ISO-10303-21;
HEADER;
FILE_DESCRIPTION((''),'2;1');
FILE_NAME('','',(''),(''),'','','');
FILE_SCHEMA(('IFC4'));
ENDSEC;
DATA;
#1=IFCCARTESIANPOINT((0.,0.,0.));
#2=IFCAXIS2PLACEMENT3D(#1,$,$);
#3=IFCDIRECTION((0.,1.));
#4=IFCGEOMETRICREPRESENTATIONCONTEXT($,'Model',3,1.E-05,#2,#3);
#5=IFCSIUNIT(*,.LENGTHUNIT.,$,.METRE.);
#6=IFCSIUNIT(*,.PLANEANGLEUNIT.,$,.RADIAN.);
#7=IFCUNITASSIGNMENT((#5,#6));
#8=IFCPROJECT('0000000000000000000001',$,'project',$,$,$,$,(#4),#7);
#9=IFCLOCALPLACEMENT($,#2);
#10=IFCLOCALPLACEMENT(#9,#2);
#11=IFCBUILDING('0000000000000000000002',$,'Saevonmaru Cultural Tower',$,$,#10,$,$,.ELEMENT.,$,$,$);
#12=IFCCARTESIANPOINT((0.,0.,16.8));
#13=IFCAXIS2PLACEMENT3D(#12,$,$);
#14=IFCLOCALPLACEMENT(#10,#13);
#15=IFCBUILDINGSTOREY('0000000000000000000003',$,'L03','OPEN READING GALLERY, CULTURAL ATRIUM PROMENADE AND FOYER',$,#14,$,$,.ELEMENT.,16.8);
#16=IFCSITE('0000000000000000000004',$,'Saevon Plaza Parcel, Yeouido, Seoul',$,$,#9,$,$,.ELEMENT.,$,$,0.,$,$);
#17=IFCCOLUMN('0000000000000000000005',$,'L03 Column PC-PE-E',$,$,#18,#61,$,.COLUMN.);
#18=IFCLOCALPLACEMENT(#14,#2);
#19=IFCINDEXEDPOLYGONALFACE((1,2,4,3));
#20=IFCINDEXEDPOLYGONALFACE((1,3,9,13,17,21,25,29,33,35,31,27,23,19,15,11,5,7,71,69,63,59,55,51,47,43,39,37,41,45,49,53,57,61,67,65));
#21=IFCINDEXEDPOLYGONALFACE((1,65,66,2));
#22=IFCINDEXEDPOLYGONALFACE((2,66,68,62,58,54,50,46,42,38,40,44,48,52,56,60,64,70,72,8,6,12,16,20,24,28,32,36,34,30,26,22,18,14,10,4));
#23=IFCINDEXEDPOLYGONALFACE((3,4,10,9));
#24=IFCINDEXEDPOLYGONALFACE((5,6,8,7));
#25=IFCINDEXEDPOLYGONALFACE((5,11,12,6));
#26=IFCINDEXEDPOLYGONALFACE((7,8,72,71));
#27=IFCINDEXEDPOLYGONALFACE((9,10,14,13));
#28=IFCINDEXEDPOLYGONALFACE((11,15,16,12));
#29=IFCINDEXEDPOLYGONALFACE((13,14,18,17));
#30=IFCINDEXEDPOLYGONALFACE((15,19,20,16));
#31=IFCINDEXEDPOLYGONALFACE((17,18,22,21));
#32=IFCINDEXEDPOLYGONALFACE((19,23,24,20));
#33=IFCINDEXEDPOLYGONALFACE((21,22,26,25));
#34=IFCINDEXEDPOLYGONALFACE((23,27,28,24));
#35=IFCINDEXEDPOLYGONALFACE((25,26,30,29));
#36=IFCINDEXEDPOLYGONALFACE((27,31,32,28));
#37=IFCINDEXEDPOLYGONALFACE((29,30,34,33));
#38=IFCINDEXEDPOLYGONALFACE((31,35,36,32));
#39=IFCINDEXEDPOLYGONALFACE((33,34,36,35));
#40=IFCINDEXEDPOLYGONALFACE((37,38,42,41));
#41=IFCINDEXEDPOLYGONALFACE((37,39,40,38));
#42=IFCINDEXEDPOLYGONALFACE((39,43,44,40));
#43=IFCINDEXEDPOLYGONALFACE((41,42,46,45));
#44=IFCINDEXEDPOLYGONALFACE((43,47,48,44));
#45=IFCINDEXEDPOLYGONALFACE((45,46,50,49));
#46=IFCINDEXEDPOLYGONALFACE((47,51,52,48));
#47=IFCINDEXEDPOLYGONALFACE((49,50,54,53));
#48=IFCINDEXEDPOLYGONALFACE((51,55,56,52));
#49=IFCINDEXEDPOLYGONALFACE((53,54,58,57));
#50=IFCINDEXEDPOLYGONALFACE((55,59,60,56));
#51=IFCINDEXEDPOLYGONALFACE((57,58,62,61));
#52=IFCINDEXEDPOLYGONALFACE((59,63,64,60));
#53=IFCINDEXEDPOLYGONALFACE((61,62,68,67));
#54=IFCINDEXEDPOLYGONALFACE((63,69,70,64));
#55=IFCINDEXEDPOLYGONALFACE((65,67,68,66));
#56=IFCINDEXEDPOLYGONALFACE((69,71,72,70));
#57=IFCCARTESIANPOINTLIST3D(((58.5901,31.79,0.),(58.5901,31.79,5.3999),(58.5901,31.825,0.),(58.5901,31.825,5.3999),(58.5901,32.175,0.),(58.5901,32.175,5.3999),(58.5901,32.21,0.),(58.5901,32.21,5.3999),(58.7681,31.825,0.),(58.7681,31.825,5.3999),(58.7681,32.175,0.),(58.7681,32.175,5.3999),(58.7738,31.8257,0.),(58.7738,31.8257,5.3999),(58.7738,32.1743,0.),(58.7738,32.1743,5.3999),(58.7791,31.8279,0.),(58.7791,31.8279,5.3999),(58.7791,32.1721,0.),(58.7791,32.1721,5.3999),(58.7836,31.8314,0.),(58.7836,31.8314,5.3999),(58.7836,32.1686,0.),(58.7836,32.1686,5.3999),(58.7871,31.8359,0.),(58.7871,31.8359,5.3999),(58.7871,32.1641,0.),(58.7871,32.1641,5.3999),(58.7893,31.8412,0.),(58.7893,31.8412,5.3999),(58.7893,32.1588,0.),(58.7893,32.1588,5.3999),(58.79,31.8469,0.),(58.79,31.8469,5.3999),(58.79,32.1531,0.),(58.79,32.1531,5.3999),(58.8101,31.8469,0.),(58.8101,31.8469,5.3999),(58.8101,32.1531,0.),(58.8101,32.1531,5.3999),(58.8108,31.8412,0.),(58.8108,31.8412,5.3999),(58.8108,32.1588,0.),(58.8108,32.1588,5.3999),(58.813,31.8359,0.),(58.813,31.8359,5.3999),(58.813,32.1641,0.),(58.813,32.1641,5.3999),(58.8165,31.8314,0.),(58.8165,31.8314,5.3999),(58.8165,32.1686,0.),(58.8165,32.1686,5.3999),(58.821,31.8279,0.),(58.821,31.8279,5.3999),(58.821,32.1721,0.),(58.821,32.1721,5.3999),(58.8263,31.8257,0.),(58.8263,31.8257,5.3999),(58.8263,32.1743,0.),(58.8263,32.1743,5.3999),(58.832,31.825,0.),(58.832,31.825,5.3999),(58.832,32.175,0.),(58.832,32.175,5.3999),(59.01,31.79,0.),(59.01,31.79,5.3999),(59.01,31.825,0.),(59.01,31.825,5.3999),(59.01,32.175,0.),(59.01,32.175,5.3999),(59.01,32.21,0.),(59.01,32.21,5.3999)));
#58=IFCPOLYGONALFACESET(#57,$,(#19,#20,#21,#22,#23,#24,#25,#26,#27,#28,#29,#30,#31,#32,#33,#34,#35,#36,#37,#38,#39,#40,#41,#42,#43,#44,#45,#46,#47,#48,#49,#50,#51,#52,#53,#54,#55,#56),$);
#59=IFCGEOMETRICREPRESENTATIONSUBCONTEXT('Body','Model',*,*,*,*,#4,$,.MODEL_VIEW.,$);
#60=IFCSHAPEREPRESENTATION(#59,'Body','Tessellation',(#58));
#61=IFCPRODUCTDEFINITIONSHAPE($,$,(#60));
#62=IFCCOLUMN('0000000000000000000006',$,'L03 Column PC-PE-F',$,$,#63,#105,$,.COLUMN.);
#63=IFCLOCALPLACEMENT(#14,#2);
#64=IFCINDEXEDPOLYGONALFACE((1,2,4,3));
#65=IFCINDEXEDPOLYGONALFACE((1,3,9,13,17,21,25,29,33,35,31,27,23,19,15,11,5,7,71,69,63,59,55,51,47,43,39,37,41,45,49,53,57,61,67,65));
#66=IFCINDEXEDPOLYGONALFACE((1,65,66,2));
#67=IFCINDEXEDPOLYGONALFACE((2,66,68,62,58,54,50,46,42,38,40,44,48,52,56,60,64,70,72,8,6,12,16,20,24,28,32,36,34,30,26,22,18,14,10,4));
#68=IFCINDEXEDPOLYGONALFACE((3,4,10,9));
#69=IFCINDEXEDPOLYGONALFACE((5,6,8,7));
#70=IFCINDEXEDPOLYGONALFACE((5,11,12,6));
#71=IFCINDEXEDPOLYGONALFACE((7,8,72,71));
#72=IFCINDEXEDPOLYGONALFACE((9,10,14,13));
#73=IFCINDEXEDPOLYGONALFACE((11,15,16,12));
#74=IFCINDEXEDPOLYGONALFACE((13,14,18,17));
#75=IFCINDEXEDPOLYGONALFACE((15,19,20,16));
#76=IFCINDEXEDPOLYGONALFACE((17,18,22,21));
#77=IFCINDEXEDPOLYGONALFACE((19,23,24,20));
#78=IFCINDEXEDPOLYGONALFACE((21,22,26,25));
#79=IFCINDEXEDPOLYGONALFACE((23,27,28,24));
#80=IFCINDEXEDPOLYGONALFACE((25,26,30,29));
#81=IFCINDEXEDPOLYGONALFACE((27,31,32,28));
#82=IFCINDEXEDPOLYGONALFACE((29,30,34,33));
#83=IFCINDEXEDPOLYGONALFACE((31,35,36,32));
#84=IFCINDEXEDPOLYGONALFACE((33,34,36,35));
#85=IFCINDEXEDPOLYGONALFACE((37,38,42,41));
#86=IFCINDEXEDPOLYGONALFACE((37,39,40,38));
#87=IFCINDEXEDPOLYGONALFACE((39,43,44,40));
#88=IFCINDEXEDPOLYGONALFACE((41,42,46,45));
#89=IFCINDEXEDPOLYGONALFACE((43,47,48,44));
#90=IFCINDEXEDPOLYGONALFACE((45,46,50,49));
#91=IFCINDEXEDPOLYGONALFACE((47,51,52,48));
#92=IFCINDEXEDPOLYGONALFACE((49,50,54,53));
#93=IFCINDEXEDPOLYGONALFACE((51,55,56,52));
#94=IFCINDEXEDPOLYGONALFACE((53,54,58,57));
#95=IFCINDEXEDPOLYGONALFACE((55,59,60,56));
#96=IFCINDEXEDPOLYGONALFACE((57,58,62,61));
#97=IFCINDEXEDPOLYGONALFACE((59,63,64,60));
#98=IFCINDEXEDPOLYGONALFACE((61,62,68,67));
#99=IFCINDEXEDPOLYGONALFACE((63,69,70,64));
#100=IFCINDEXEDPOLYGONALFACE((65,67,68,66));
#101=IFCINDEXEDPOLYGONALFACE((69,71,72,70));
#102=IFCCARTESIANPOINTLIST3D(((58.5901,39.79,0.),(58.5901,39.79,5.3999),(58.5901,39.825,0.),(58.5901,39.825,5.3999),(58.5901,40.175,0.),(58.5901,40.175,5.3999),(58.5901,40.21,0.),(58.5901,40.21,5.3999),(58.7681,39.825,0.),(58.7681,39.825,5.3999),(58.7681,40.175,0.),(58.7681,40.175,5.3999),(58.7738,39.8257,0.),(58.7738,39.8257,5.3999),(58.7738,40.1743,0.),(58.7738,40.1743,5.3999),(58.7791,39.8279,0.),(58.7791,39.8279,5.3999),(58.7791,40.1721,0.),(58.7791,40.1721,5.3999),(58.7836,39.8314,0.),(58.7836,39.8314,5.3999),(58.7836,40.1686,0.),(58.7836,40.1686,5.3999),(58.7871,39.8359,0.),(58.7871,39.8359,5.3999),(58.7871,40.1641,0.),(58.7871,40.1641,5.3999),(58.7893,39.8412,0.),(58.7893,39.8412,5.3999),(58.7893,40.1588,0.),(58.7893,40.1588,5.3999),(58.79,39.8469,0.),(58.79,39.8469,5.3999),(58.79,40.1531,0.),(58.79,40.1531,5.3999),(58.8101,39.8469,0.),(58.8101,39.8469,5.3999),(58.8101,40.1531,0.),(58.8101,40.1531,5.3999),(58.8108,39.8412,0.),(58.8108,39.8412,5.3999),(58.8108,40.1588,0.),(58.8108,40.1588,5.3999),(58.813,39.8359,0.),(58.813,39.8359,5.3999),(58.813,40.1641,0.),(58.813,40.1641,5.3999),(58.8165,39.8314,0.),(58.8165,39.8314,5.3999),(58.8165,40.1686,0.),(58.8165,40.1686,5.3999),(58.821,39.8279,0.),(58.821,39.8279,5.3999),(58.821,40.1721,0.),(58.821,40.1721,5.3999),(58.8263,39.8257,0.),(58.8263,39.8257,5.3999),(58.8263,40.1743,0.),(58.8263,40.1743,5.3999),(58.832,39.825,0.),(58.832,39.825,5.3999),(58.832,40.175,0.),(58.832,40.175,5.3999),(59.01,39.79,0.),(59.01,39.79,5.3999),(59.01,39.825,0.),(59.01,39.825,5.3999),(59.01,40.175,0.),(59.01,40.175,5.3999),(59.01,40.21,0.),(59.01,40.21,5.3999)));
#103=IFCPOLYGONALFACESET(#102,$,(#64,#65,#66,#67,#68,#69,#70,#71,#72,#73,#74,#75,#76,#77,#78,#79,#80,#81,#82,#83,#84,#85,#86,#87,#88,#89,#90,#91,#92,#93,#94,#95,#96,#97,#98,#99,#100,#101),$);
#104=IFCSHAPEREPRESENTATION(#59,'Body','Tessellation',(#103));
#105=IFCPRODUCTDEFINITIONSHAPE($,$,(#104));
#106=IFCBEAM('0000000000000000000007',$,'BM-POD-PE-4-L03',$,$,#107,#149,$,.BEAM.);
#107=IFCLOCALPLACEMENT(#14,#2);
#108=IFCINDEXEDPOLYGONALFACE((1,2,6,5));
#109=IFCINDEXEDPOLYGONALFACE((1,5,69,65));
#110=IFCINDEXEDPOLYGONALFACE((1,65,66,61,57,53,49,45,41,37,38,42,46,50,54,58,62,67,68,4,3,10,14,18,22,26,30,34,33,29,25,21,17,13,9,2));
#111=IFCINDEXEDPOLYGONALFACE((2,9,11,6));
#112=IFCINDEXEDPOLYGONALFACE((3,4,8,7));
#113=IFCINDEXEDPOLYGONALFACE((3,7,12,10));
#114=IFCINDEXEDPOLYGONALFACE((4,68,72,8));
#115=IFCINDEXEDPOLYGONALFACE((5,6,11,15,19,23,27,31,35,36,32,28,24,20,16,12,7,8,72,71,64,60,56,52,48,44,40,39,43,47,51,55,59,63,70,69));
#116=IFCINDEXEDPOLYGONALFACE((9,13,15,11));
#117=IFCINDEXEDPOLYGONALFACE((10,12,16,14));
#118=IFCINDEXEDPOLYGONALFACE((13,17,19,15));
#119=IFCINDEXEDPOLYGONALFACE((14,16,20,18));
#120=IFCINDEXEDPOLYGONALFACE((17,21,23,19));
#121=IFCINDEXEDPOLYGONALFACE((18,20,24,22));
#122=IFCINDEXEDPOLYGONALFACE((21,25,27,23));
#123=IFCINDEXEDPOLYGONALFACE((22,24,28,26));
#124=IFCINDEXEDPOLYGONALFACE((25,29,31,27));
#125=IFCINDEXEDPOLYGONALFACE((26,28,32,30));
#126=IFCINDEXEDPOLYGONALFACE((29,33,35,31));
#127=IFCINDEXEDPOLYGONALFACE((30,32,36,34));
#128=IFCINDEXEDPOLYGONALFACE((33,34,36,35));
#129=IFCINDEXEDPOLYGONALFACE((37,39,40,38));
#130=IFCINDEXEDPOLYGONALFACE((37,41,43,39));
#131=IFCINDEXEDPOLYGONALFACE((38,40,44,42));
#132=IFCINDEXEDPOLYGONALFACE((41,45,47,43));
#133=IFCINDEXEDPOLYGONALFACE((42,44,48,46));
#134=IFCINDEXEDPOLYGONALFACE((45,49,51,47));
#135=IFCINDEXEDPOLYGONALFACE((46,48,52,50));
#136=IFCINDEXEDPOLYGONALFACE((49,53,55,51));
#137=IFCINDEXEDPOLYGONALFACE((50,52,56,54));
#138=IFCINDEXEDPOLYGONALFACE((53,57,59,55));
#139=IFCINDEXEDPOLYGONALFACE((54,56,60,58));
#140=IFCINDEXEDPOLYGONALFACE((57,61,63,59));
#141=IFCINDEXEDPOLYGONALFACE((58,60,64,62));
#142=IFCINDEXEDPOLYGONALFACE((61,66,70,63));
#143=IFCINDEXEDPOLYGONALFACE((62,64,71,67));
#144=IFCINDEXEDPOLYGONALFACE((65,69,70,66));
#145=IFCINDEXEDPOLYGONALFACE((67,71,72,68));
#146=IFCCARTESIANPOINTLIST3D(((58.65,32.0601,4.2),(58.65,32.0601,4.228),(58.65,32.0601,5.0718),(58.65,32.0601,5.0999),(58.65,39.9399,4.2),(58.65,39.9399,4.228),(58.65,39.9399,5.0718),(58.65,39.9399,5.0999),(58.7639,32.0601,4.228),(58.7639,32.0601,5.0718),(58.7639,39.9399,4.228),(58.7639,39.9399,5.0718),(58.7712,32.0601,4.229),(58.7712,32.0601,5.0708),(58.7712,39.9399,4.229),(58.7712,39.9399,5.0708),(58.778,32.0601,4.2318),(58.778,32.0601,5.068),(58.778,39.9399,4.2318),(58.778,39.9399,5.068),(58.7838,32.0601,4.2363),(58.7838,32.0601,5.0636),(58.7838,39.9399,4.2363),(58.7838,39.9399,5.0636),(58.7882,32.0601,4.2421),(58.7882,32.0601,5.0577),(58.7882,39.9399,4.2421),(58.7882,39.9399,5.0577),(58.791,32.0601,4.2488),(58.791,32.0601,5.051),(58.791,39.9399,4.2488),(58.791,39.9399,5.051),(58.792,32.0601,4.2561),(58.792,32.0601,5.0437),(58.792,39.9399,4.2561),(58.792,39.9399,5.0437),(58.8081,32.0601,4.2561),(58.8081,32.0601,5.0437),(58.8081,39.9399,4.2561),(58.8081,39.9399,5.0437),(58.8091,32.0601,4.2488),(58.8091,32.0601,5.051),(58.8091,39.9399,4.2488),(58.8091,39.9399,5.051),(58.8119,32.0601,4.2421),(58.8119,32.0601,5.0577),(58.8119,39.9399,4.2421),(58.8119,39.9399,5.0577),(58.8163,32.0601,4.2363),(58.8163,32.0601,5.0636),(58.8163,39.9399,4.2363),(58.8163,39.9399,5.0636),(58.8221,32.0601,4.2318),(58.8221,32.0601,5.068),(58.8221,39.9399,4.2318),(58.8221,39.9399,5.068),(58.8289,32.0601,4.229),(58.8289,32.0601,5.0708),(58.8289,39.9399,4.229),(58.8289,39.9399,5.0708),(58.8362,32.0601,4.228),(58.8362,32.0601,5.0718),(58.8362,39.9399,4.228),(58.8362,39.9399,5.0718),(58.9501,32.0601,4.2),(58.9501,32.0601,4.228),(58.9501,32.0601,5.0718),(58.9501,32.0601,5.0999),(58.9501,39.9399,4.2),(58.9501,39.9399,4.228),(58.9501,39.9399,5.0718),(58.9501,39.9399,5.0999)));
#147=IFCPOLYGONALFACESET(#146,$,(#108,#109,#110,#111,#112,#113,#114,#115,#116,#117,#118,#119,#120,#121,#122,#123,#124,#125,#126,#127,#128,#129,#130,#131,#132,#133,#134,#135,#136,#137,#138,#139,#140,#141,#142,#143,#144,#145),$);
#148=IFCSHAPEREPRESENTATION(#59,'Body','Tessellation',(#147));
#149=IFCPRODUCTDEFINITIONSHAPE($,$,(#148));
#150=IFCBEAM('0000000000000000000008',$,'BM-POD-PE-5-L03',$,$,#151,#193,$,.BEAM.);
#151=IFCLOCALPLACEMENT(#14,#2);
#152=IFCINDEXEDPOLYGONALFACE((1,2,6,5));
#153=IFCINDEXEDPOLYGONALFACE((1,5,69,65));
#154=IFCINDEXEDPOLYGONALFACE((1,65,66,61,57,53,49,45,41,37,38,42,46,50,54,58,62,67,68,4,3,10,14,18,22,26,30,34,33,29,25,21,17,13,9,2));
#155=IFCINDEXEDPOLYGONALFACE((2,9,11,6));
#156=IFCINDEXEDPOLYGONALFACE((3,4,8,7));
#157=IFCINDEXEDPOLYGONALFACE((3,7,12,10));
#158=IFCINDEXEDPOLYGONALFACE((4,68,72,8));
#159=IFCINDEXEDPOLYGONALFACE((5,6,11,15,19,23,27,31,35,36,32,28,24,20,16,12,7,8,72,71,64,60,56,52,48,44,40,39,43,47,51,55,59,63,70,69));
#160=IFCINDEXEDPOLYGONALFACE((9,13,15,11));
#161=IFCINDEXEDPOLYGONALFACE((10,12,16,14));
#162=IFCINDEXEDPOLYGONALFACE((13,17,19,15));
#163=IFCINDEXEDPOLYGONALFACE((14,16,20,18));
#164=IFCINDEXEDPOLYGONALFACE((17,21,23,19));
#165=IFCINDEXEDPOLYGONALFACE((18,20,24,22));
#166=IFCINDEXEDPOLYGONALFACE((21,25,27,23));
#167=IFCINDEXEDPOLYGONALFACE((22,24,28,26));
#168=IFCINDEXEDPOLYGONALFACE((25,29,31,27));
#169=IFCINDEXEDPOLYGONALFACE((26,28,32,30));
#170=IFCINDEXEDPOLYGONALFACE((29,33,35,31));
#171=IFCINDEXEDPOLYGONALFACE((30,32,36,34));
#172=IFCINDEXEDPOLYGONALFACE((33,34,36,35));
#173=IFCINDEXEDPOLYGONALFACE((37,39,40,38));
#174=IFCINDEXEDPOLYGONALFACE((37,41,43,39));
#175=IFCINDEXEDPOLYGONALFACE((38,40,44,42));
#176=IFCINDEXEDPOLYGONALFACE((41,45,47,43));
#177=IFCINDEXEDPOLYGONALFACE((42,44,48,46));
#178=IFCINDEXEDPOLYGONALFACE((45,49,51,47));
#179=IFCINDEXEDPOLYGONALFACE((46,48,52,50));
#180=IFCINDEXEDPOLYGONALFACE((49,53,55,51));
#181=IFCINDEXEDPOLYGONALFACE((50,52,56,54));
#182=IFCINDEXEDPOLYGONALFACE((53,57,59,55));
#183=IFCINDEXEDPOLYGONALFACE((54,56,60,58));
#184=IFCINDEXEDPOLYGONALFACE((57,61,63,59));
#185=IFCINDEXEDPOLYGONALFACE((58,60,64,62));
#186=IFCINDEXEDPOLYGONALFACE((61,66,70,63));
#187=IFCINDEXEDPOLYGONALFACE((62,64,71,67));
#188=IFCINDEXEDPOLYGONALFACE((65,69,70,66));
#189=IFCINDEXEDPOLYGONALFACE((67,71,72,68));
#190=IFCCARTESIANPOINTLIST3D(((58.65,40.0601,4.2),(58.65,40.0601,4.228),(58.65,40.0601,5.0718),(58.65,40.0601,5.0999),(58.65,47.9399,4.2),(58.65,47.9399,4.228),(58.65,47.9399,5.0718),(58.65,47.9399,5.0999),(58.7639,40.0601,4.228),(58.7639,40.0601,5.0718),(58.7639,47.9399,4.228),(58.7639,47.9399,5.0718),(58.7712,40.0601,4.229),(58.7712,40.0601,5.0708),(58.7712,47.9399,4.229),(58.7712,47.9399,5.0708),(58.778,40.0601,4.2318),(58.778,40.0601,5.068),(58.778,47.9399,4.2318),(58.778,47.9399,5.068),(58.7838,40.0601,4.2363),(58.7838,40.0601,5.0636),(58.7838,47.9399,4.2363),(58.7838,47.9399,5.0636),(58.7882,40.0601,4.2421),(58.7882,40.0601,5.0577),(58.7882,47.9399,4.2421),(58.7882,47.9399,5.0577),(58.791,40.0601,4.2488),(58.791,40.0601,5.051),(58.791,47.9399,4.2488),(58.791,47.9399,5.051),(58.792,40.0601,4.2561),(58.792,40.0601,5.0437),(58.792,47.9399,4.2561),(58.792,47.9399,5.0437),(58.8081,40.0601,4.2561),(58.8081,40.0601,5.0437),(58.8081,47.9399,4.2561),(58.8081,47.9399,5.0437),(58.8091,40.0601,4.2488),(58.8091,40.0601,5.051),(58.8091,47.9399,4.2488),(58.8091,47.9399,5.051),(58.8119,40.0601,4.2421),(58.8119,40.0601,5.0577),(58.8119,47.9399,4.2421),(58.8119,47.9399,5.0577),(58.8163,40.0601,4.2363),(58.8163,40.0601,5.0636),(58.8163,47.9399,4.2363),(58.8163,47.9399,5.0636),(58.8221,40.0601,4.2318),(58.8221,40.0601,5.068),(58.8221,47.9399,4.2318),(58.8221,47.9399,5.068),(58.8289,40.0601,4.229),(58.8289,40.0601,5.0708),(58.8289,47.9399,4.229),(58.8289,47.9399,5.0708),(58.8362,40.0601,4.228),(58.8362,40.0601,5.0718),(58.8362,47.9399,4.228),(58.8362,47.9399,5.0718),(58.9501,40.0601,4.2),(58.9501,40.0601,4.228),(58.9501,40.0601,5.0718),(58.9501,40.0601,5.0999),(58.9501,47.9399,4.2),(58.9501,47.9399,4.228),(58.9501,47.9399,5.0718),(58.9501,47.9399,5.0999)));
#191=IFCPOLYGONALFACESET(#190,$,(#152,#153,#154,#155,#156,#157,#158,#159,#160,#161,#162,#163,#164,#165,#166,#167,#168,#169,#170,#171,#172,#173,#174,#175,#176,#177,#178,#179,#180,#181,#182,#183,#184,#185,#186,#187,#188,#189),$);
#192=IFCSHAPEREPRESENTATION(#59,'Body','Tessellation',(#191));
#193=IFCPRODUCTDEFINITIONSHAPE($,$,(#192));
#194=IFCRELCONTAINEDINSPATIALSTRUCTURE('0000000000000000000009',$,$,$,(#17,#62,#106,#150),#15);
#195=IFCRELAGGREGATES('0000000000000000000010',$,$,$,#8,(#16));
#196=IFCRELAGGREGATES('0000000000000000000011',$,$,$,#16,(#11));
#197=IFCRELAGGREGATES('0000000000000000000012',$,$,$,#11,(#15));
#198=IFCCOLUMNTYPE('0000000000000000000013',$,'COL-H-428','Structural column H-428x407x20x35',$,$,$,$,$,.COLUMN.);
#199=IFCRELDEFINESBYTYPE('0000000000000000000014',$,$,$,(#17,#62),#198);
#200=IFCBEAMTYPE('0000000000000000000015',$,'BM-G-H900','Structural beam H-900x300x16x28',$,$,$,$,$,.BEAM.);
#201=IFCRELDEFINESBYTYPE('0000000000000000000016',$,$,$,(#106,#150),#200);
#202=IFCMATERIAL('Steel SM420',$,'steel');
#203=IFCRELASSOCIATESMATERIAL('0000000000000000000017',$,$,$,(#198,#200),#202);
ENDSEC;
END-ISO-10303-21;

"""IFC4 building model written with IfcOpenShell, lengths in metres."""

from ifc_helpers import new_model, si_unit, direction, frame, origin, origin_2d, place, context, subcontext, project, spatial, i_section, extrude, material, material_profile, profile_set, type_object, element, save


model = new_model("IFC4")

# Units and contexts
model_context = context("Model", 3, precision=1e-05, world=origin(), true_north=direction((0.0, 1.0)))
body_context = subcontext(model_context, "Body", "Model", "MODEL_VIEW")
ifc_project = project(units=[si_unit("LENGTHUNIT", "METRE"), si_unit("PLANEANGLEUNIT", "RADIAN")], contexts=[model_context])

# Site, building, storey
site_placement = place(None, origin())
site = spatial("IfcSite", under=ifc_project, at=site_placement, Name="Saevon Plaza Parcel, Yeouido, Seoul", CompositionType="ELEMENT", RefElevation=0.0)
building_placement = place(site_placement, origin())
building = spatial("IfcBuilding", under=site, at=building_placement, Name="Saevonmaru Cultural Tower", CompositionType="ELEMENT")
storey_placement = place(building_placement, frame((0.0, 0.0, 16.8)))
storey = spatial("IfcBuildingStorey", under=building, at=storey_placement, Name="L03", Description="OPEN READING GALLERY, CULTURAL ATRIUM PROMENADE AND FOYER", CompositionType="ELEMENT", Elevation=16.8)

# Columns
ifc_material_1 = material(Name="Steel SM420", Category="steel")
ifc_material_profile_1 = material_profile(ifc_material_1, i_section(OverallWidth=0.4199, OverallDepth=0.4199, WebThickness=0.02, FlangeThickness=0.0349, FilletRadius=0.022, at=origin_2d()), Name="H-428x407x20x35")
ifc_profile_set_1 = profile_set([ifc_material_profile_1], Name="Steel SM420")
column_type = type_object("IfcColumnType", Name="COL-H-428", Description="Structural column H-428x407x20x35", PredefinedType="COLUMN", material=ifc_profile_set_1)
for number, where, z_axis, x_axis, name in (
    (1, (58.8, 32.0, 0.0), (0.0, 0.0, 1.0), (1.0, 0.0, 0.0), "L03 Column PC-PE-E"),
    (2, (58.8, 40.0, 0.0), (0.0, 0.0, 1.0), (1.0, 0.0, 0.0), "L03 Column PC-PE-F"),
):
    element("IfcColumn", number, at=place(storey_placement, frame(where, z_axis=z_axis, x_axis=x_axis)), inside=storey, type_object=column_type, Name=name, PredefinedType="COLUMN", context=body_context, shape_type="SweptSolid", body=[
        extrude(i_section(OverallWidth=0.4199, OverallDepth=0.4199, WebThickness=0.02, FlangeThickness=0.0349, FilletRadius=0.022, at=origin_2d()), origin(), (0.0, 0.0, 1.0), 5.3999),
    ])

# Beams
ifc_material_profile_2 = material_profile(ifc_material_1, i_section(OverallWidth=0.3, OverallDepth=0.8999, WebThickness=0.0161, FlangeThickness=0.0281, FilletRadius=0.0281, at=origin_2d()), Name="H-900x300x16x28")
ifc_profile_set_2 = profile_set([ifc_material_profile_2], Name="Steel SM420")
beam_type = type_object("IfcBeamType", Name="BM-G-H900", Description="Structural beam H-900x300x16x28", PredefinedType="BEAM", material=ifc_profile_set_2)
for number, where, z_axis, x_axis, name in (
    (3, (58.8, 32.0601, 4.6499), (0.0, 1.0, 0.0), (-1.0, 0.0, 0.0), "BM-POD-PE-4-L03"),
    (4, (58.8, 40.0601, 4.6499), (0.0, 1.0, 0.0), (-1.0, 0.0, 0.0), "BM-POD-PE-5-L03"),
):
    element("IfcBeam", number, at=place(storey_placement, frame(where, z_axis=z_axis, x_axis=x_axis)), inside=storey, type_object=beam_type, Name=name, PredefinedType="BEAM", context=body_context, shape_type="SweptSolid", body=[
        extrude(i_section(OverallWidth=0.3, OverallDepth=0.8999, WebThickness=0.0161, FlangeThickness=0.0281, FilletRadius=0.0281, at=origin_2d()), origin(), (0.0, 0.0, 1.0), 7.8799),
    ])

save(model, "model.ifc")
